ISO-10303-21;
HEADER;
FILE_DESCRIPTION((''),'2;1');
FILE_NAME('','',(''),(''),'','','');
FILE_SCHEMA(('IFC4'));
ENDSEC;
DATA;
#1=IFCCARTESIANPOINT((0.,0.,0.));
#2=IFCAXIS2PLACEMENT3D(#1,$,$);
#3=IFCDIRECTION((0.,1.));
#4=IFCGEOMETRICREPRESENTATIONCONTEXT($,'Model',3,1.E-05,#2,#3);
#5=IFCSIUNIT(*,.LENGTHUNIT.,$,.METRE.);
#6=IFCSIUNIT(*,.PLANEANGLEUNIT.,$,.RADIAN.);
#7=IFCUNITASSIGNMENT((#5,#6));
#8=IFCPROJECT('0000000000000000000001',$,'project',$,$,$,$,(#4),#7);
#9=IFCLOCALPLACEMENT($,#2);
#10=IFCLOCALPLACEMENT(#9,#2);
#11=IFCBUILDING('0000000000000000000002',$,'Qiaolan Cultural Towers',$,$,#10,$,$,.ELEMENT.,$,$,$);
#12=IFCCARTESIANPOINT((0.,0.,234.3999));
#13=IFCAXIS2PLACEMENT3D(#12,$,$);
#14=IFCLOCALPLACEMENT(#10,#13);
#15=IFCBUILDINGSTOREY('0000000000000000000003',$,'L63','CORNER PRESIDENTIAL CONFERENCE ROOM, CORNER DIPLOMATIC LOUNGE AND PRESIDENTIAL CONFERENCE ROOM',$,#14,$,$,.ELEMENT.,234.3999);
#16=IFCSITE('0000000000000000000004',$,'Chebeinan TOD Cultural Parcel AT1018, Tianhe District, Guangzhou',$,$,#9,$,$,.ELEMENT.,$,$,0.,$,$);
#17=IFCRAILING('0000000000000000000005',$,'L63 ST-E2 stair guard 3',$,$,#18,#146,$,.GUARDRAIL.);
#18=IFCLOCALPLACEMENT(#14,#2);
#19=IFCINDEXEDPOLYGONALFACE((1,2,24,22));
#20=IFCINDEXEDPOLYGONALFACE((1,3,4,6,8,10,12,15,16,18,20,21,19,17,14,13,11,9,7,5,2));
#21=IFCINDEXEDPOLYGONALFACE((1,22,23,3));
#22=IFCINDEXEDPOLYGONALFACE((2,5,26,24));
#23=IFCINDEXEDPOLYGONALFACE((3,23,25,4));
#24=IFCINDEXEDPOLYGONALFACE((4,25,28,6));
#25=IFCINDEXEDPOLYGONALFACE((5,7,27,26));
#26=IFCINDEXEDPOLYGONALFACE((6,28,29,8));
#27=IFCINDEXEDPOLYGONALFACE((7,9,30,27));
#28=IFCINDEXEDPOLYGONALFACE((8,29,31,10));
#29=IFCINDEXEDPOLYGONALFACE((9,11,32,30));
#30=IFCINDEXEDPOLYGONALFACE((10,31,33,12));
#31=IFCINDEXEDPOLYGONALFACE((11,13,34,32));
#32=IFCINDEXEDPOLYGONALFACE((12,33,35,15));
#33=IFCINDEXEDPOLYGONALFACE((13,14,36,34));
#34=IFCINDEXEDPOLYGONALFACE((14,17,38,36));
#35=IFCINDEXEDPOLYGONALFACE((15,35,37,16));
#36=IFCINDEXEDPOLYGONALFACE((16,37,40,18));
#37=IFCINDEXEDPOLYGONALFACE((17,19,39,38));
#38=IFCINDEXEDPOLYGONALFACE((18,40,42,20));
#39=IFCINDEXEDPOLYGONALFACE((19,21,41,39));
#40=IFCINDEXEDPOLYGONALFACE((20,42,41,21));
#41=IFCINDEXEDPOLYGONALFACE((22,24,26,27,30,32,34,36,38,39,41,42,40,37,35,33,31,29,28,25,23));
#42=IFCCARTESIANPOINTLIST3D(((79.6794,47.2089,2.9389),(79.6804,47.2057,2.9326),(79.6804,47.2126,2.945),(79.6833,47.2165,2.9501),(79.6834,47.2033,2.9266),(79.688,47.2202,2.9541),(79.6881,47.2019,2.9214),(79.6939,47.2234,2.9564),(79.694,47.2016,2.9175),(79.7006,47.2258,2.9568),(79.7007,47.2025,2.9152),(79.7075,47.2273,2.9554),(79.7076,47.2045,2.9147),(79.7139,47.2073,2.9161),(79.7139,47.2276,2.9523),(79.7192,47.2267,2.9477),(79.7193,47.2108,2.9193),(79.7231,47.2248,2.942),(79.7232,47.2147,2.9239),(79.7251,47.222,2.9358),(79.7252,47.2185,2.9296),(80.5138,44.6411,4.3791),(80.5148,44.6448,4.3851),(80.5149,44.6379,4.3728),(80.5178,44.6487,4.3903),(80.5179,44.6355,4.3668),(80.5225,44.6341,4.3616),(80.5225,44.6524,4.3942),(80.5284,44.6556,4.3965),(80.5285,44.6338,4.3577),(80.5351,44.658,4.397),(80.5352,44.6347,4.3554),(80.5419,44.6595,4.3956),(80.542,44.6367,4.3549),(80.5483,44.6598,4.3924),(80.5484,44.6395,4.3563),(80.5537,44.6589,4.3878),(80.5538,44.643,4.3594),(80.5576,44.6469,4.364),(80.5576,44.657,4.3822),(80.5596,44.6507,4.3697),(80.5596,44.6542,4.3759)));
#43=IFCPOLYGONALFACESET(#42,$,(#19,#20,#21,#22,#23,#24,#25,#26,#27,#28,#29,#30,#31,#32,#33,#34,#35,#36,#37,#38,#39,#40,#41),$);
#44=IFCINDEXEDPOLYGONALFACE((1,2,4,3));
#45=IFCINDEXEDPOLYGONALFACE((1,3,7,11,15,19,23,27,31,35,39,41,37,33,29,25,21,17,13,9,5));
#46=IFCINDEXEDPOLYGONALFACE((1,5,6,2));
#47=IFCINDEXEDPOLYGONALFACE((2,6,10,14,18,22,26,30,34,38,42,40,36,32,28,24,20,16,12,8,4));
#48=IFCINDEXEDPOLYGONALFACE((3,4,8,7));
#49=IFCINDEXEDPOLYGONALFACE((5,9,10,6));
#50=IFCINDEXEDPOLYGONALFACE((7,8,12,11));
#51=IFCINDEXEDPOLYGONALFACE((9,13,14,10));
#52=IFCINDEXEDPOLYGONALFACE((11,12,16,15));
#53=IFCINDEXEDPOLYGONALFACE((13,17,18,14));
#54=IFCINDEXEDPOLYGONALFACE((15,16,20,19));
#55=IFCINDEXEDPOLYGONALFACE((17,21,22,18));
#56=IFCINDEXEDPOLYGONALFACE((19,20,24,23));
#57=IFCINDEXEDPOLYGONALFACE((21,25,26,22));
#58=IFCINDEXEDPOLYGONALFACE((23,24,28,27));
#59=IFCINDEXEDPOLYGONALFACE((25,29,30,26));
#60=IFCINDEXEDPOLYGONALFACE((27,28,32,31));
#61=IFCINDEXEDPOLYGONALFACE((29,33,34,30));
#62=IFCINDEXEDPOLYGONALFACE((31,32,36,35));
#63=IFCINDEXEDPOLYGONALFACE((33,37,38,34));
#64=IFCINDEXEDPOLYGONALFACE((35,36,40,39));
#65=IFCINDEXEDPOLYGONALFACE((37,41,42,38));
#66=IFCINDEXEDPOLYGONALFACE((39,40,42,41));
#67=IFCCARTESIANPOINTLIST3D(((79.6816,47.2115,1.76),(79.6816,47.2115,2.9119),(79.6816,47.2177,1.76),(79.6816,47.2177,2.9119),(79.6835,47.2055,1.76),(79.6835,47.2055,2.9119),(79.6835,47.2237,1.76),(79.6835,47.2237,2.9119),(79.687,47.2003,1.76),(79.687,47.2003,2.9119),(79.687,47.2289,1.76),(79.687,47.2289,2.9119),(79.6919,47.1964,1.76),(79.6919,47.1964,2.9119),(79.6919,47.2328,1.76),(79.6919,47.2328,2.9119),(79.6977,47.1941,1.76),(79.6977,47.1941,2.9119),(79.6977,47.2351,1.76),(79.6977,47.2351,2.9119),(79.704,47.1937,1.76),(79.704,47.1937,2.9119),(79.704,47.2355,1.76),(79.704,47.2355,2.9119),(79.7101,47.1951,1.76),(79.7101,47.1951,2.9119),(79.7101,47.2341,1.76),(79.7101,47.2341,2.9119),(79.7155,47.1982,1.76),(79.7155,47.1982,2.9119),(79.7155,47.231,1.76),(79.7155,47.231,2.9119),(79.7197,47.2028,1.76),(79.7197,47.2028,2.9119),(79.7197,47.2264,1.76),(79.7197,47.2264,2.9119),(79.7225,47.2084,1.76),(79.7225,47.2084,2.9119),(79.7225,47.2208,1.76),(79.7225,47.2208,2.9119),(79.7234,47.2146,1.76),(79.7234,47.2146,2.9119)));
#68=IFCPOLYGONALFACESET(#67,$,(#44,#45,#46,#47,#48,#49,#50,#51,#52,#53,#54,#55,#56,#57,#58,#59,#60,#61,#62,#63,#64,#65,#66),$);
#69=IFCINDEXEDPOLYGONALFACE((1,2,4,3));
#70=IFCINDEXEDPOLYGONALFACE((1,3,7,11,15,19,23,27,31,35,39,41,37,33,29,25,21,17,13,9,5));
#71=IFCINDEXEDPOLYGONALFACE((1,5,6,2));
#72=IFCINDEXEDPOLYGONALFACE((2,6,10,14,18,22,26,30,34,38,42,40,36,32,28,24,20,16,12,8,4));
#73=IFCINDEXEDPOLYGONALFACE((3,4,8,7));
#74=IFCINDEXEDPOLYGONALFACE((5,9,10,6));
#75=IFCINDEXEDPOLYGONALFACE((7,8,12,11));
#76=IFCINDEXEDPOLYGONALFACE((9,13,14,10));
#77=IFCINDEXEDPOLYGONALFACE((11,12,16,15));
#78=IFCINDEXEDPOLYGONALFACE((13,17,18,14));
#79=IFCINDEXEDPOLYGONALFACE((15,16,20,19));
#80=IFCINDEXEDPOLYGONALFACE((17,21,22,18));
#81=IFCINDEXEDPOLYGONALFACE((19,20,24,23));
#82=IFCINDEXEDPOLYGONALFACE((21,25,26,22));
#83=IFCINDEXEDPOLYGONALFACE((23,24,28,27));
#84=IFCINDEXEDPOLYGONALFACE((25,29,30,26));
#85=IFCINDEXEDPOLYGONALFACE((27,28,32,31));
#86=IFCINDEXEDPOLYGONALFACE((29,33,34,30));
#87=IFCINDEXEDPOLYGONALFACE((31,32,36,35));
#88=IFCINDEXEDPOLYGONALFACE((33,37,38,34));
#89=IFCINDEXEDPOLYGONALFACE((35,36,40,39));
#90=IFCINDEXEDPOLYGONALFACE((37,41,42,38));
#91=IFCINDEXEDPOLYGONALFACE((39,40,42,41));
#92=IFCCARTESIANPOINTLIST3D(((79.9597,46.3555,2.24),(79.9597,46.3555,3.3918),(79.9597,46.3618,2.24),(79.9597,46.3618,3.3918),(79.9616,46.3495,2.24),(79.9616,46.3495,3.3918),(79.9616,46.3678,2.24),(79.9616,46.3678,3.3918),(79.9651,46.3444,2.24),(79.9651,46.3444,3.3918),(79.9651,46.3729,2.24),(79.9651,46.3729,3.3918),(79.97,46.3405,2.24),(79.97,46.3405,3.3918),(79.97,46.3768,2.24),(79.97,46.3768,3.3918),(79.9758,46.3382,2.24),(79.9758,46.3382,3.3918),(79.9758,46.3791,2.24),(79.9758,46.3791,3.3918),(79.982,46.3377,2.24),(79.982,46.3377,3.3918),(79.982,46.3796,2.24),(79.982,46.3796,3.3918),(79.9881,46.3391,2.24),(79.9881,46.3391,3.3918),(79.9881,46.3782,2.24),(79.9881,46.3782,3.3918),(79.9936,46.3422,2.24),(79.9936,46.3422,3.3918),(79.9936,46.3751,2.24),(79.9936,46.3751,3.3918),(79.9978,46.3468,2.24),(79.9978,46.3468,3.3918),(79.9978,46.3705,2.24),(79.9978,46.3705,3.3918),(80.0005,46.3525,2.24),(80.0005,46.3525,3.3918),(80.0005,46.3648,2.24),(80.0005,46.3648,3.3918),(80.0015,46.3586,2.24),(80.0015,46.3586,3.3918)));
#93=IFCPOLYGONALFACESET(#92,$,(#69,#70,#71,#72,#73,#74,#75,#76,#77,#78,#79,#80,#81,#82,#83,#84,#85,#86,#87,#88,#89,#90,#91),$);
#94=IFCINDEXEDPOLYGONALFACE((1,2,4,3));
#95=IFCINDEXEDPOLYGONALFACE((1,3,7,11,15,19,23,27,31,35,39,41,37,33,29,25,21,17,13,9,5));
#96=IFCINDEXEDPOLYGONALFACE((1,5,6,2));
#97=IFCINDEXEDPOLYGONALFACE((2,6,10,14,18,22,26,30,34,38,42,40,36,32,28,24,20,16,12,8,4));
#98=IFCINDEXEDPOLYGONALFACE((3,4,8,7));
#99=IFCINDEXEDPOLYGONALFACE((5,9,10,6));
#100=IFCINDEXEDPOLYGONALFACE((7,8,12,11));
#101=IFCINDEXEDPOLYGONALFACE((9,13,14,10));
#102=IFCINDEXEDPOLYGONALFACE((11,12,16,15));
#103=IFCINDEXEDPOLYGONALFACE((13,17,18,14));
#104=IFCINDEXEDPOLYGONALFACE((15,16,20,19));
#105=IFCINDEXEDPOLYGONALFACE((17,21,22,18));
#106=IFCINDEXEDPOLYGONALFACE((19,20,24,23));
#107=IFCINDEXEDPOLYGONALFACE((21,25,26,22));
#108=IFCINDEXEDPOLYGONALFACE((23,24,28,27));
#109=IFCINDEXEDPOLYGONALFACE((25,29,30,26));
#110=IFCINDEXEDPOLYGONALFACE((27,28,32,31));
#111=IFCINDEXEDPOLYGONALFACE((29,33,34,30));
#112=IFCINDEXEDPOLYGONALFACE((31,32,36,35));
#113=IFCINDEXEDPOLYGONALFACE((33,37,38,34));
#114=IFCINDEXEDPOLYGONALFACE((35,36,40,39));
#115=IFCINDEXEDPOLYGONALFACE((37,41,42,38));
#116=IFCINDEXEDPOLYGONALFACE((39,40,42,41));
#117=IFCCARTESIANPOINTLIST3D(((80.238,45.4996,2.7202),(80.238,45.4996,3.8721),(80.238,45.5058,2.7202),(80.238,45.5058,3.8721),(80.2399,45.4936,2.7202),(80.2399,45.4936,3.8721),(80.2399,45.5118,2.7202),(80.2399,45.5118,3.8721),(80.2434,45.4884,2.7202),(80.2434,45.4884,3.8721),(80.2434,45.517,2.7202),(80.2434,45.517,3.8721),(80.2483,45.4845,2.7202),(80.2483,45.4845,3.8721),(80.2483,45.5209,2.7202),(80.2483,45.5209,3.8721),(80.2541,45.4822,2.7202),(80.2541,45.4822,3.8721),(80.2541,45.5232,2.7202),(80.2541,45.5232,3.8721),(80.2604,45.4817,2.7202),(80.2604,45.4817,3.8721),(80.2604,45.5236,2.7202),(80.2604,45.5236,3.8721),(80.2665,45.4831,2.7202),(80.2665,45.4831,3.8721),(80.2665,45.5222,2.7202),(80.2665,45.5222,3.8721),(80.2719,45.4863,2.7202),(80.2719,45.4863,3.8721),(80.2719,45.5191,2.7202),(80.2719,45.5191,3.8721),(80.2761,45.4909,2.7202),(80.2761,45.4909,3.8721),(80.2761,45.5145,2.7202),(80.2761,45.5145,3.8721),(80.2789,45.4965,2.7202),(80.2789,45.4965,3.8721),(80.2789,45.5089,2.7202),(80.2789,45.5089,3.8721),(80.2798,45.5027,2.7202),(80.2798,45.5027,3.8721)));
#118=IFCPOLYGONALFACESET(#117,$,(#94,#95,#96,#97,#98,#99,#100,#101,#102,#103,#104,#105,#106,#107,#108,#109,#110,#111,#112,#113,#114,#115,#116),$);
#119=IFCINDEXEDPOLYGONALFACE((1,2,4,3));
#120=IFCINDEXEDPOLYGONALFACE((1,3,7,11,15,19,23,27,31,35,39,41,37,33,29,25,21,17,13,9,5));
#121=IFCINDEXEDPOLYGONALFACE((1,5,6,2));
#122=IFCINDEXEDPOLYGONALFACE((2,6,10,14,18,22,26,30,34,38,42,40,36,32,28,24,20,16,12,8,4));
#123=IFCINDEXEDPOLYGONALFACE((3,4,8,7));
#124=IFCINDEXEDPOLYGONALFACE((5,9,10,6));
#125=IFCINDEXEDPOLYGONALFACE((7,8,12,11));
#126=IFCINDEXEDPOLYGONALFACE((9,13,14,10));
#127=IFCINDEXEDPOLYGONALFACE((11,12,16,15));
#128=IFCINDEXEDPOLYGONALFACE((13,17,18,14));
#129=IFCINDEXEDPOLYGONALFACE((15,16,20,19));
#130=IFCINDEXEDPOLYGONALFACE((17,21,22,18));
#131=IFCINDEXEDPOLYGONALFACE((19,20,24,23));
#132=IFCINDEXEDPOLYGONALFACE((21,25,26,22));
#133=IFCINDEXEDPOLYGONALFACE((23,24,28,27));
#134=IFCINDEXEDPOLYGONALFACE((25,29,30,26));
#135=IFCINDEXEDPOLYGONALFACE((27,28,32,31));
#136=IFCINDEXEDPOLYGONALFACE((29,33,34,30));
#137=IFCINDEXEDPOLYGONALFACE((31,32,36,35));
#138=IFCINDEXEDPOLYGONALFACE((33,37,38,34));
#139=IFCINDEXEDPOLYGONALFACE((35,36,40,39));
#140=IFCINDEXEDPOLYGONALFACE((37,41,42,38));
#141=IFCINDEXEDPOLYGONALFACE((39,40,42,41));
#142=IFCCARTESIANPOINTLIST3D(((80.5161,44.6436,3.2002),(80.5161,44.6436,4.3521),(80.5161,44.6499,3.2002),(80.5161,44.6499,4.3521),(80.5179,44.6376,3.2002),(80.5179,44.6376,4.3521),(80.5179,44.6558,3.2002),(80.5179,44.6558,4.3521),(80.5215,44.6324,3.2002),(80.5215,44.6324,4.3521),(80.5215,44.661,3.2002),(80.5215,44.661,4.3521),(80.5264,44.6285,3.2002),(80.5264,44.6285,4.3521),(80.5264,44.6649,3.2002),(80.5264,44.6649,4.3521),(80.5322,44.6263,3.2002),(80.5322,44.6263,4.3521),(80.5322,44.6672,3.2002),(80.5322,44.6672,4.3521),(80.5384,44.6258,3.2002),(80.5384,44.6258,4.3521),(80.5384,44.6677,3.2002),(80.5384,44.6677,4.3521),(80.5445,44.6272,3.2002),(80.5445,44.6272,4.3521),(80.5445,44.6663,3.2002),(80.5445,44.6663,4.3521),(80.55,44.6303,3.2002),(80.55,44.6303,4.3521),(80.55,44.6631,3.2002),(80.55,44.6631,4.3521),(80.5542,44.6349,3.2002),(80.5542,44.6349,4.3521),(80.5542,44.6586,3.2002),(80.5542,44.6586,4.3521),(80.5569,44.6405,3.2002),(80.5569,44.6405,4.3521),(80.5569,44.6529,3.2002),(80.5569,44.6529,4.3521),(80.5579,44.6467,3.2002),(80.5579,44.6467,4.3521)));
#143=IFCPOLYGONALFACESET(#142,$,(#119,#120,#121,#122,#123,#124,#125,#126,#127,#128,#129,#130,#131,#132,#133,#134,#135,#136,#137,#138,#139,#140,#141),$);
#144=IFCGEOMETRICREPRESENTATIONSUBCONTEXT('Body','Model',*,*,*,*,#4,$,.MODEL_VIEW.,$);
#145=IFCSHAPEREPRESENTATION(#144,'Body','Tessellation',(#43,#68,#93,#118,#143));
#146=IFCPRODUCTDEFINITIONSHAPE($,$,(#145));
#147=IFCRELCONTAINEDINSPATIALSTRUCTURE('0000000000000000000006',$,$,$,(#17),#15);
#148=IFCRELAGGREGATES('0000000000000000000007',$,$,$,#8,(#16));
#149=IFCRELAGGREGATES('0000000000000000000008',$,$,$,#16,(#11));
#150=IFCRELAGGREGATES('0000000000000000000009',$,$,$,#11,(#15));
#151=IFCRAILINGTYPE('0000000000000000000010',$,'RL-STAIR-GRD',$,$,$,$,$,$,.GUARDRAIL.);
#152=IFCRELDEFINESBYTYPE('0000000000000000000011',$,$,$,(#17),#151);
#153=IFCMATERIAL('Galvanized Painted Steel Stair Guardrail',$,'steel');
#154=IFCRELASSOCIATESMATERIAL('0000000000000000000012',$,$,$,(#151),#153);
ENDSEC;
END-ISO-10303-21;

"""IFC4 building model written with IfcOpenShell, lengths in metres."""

from ifc_helpers import new_model, si_unit, direction, frame, origin, origin_2d, place, context, subcontext, project, spatial, circle, extrude, material, type_object, element, save


model = new_model("IFC4")

# Units and contexts
model_context = context("Model", 3, precision=1e-05, world=origin(), true_north=direction((0.0, 1.0)))
body_context = subcontext(model_context, "Body", "Model", "MODEL_VIEW")
ifc_project = project(units=[si_unit("LENGTHUNIT", "METRE"), si_unit("PLANEANGLEUNIT", "RADIAN")], contexts=[model_context])

# Site, building, storey
site_placement = place(None, origin())
site = spatial("IfcSite", under=ifc_project, at=site_placement, Name="Chebeinan TOD Cultural Parcel AT1018, Tianhe District, Guangzhou", CompositionType="ELEMENT", RefElevation=0.0)
building_placement = place(site_placement, origin())
building = spatial("IfcBuilding", under=site, at=building_placement, Name="Qiaolan Cultural Towers", CompositionType="ELEMENT")
storey_placement = place(building_placement, frame((0.0, 0.0, 234.3999)))
storey = spatial("IfcBuildingStorey", under=building, at=storey_placement, Name="L63", Description="CORNER PRESIDENTIAL CONFERENCE ROOM, CORNER DIPLOMATIC LOUNGE AND PRESIDENTIAL CONFERENCE ROOM", CompositionType="ELEMENT", Elevation=234.3999)

# Railing
ifc_material_1 = material(Name="Galvanized Painted Steel Stair Guardrail", Category="steel")
railing_type_1 = type_object("IfcRailingType", Name="RL-STAIR-GRD", PredefinedType="GUARDRAIL", material=ifc_material_1)
railing_1_placement = place(storey_placement, frame((79.7024, 47.2146, 1.76)))
element("IfcRailing", 1, at=railing_1_placement, inside=storey, type_object=railing_type_1, Name="L63 ST-E2 stair guard 3", PredefinedType="GUARDRAIL", context=body_context, shape_type="SweptSolid", body=[
    extrude(circle(Radius=0.0239, at=origin_2d()), frame((0.0, 0.0, 1.1758), z_axis=(0.272691, -0.839136, 0.470628), x_axis=(0.951043, 0.309057, 0.0)), (0.0, 0.0, 1.0), 3.0601),
    extrude(circle(Radius=0.021, at=origin_2d()), origin(), (0.0, 0.0, 1.0), 1.1519),
    extrude(circle(Radius=0.021, at=origin_2d()), frame((0.2781, -0.856, 0.48)), (0.0, 0.0, 1.0), 1.1519),
    extrude(circle(Radius=0.021, at=origin_2d()), frame((0.5564, -1.7119, 0.9602)), (0.0, 0.0, 1.0), 1.1519),
    extrude(circle(Radius=0.021, at=origin_2d()), frame((0.8345, -2.5679, 1.4402)), (0.0, 0.0, 1.0), 1.1519),
])

save(model, "model.ifc")
